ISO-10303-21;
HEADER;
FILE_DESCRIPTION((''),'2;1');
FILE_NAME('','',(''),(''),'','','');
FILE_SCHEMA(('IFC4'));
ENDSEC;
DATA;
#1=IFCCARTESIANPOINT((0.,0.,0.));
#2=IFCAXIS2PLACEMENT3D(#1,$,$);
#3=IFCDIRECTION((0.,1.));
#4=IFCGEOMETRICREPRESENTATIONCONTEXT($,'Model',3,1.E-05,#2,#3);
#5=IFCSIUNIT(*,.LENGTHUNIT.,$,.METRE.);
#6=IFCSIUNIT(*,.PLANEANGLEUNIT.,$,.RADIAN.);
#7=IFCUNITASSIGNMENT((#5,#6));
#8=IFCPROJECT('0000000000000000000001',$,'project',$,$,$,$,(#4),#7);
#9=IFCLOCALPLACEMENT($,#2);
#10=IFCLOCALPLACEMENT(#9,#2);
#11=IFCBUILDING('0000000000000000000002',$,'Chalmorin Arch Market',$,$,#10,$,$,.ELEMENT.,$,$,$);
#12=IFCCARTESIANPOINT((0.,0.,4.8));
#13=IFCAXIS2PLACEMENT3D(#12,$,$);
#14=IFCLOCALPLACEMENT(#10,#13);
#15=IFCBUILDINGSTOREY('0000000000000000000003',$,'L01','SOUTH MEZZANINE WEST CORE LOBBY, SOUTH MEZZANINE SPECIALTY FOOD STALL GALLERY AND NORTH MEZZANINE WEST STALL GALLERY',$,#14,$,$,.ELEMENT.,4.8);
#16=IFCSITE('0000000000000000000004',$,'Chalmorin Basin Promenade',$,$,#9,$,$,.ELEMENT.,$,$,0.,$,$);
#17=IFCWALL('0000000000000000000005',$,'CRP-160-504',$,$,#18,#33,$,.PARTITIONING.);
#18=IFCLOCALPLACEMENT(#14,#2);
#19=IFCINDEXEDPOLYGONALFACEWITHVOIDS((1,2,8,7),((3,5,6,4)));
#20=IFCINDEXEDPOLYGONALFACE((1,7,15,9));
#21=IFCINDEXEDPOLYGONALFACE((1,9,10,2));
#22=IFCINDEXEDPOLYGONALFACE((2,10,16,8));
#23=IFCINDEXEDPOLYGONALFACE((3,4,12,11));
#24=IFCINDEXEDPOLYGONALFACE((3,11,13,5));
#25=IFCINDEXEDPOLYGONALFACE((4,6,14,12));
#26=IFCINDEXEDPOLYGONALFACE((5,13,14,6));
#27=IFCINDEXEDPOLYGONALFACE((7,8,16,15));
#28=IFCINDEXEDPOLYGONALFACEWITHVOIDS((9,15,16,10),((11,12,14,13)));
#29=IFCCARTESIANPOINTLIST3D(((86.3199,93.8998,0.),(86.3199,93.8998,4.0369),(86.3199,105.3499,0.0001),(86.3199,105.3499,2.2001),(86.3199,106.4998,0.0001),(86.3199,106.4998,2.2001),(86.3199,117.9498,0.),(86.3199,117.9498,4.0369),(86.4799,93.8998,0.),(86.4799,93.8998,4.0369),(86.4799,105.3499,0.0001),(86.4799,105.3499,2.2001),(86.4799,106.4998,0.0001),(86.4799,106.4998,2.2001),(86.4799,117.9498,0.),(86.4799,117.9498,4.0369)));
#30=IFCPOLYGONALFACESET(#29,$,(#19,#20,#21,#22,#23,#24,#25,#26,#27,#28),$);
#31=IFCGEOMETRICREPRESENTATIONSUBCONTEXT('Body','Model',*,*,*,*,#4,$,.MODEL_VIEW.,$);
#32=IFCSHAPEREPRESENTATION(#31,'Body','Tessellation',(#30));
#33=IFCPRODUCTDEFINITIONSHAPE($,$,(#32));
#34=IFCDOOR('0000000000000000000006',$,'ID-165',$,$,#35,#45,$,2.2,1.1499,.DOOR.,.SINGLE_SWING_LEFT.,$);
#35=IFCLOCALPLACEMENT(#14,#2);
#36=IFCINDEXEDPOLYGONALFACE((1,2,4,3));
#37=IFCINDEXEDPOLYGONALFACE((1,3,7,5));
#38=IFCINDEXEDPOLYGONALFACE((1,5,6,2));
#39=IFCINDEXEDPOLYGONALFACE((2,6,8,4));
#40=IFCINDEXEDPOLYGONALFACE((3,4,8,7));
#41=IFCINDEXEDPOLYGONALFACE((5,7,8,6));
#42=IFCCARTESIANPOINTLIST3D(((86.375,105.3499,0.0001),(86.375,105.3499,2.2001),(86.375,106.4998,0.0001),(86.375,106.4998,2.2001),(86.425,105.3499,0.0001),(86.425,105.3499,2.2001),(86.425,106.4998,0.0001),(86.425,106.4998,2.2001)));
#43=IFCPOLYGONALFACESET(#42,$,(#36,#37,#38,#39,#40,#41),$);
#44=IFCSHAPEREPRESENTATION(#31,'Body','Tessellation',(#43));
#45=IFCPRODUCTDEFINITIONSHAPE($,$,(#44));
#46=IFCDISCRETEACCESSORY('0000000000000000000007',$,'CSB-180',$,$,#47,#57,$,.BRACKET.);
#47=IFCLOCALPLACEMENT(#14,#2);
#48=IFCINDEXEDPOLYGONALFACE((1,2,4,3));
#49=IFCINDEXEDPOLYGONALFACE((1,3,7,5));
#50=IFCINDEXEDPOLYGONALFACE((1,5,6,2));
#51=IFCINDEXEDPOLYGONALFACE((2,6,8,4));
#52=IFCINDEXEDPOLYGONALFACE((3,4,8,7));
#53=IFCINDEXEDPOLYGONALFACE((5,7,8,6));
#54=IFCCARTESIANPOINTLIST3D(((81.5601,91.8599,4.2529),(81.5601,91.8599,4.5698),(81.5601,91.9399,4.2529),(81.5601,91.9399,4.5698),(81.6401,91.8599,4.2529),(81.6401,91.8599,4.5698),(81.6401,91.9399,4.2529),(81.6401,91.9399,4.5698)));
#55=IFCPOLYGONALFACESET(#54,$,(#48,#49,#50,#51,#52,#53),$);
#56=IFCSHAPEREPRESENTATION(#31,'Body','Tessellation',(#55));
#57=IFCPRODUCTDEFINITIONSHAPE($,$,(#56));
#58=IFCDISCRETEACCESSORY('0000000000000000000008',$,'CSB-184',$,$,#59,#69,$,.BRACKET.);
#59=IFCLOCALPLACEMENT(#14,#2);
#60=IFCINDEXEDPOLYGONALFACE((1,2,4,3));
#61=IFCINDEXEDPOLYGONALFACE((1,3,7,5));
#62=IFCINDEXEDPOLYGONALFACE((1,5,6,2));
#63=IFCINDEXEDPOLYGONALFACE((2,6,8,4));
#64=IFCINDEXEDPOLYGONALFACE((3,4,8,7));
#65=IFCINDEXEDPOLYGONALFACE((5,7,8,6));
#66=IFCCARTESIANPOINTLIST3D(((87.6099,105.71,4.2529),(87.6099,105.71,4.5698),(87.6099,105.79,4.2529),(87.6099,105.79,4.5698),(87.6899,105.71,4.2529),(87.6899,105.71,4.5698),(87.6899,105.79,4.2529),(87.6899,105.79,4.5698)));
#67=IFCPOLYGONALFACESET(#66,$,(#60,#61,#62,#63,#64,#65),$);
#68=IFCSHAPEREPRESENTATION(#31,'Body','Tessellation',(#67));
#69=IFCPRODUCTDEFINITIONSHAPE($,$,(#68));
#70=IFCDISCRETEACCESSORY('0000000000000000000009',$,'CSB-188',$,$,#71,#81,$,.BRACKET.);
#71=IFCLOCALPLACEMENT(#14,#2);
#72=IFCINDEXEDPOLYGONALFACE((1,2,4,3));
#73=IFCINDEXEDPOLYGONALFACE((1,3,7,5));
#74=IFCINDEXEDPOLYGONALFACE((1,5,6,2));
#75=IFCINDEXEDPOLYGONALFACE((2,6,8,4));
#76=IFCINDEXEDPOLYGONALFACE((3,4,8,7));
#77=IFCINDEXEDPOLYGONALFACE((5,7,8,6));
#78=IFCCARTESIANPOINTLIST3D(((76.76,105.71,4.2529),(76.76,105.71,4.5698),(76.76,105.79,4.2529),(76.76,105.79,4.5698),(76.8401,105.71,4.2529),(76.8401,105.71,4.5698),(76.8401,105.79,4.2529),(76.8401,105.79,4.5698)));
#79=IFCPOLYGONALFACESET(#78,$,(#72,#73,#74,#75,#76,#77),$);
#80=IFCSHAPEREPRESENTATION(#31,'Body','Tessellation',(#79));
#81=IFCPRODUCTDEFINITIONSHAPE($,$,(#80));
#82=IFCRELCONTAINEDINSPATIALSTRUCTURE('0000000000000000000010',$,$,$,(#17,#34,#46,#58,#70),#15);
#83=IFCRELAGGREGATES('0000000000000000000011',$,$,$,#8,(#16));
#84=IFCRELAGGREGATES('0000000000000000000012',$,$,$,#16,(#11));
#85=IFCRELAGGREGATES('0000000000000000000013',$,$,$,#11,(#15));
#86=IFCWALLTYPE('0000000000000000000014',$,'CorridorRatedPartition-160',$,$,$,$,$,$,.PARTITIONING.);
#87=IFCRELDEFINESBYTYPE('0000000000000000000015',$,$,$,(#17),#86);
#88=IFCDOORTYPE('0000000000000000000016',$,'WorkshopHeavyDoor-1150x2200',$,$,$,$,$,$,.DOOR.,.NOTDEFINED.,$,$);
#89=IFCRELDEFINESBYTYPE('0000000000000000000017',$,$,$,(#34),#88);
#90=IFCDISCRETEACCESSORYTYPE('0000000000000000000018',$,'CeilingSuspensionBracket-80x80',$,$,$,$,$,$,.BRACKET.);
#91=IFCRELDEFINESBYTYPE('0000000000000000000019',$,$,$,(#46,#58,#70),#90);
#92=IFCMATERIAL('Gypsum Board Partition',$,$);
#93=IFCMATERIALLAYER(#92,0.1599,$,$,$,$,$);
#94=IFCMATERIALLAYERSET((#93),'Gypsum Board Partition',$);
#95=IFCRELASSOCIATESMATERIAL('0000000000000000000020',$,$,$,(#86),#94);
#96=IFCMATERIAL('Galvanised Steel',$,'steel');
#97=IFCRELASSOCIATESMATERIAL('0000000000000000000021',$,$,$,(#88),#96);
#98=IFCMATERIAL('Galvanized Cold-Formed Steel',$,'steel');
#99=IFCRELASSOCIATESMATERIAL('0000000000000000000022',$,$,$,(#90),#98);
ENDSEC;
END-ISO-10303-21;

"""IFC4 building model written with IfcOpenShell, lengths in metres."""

from ifc_helpers import new_model, si_unit, direction, frame, frame_2d, origin, origin_2d, place, context, subcontext, project, spatial, rectangle, extrude, material, layer, layer_set, type_object, element, fill, save


model = new_model("IFC4")

# Units and contexts
model_context = context("Model", 3, precision=1e-05, world=origin(), true_north=direction((0.0, 1.0)))
body_context = subcontext(model_context, "Body", "Model", "MODEL_VIEW")
ifc_project = project(units=[si_unit("LENGTHUNIT", "METRE"), si_unit("PLANEANGLEUNIT", "RADIAN")], contexts=[model_context])

# Site, building, storey
site_placement = place(None, origin())
site = spatial("IfcSite", under=ifc_project, at=site_placement, Name="Chalmorin Basin Promenade", CompositionType="ELEMENT", RefElevation=0.0)
building_placement = place(site_placement, origin())
building = spatial("IfcBuilding", under=site, at=building_placement, Name="Chalmorin Arch Market", CompositionType="ELEMENT")
storey_placement = place(building_placement, frame((0.0, 0.0, 4.8)))
storey = spatial("IfcBuildingStorey", under=building, at=storey_placement, Name="L01", Description="SOUTH MEZZANINE WEST CORE LOBBY, SOUTH MEZZANINE SPECIALTY FOOD STALL GALLERY AND NORTH MEZZANINE WEST STALL GALLERY", CompositionType="ELEMENT", Elevation=4.8)

# Wall, opening, door
ifc_material_1 = material(Name="Gypsum Board Partition")
ifc_layer = layer(ifc_material_1, 0.1599)
ifc_layer_set = layer_set([ifc_layer], Name="Gypsum Board Partition")
wall_type = type_object("IfcWallType", Name="CorridorRatedPartition-160", PredefinedType="PARTITIONING", material=ifc_layer_set)
ifc_material_2 = material(Name="Galvanised Steel", Category="steel")
wall_1_placement = place(storey_placement, frame((86.3999, 93.8999, 0.0), z_axis=(0.0, 0.0, 1.0), x_axis=(0.0, 1.0, 0.0)))
wall_1 = element("IfcWall", 1, at=wall_1_placement, inside=storey, type_object=wall_type, Name="CRP-160-504", PredefinedType="PARTITIONING", context=body_context, shape_type="SweptSolid", body=[
    extrude(rectangle(XDim=24.05, YDim=0.1599, at=frame_2d((12.0249, 0.0))), origin(), (0.0, 0.0, 1.0), 4.0369),
])
opening_1_placement = place(wall_1_placement, frame((11.45, 0.0, 0.0)))
opening_1 = element("IfcOpeningElement", 2, at=opening_1_placement, cuts=wall_1, PredefinedType="OPENING", context=body_context, shape_type="SweptSolid", body=[
    extrude(rectangle(XDim=1.1499, YDim=2.2, at=frame_2d((0.575, 1.1001))), frame((0.0, 0.0898, 0.0), z_axis=(0.0, -1.0, 0.0), x_axis=(1.0, 0.0, 0.0)), (0.0, 0.0, 1.0), 0.1799),
])
door_type_1 = type_object("IfcDoorType", Name="WorkshopHeavyDoor-1150x2200", OperationType="NOTDEFINED", PredefinedType="DOOR", material=ifc_material_2)
door_1_placement = place(opening_1_placement, origin())
door_1 = element("IfcDoor", 3, at=door_1_placement, inside=storey, type_object=door_type_1, Name="ID-165", OperationType="SINGLE_SWING_LEFT", OverallHeight=2.2, OverallWidth=1.1499, PredefinedType="DOOR", context=body_context, shape_type="SweptSolid", body=[
    extrude(rectangle(XDim=1.1499, YDim=2.2, at=frame_2d((0.575, 1.1001))), frame((0.0, 0.0249, 0.0), z_axis=(0.0, -1.0, 0.0), x_axis=(1.0, 0.0, 0.0)), (0.0, 0.0, 1.0), 0.05),
])
fill(opening_1, door_1)

# Discrete accessories
ifc_material_3 = material(Name="Galvanized Cold-Formed Steel", Category="steel")
discrete_accessory_type = type_object("IfcDiscreteAccessoryType", Name="CeilingSuspensionBracket-80x80", PredefinedType="BRACKET", material=ifc_material_3)
for number, where, z_axis, x_axis, name in (
    (4, (81.6001, 91.8999, 4.2529), (0.0, 0.0, 1.0), (1.0, 0.0, 0.0), "CSB-180"),
    (5, (87.6499, 105.75, 4.2529), (0.0, 0.0, 1.0), (1.0, 0.0, 0.0), "CSB-184"),
    (6, (76.8, 105.75, 4.2529), (0.0, 0.0, 1.0), (1.0, 0.0, 0.0), "CSB-188"),
):
    element("IfcDiscreteAccessory", number, at=place(storey_placement, frame(where, z_axis=z_axis, x_axis=x_axis)), inside=storey, type_object=discrete_accessory_type, Name=name, PredefinedType="BRACKET", context=body_context, shape_type="SweptSolid", body=[
        extrude(rectangle(XDim=0.0801, YDim=0.0801, at=origin_2d()), origin(), (0.0, 0.0, 1.0), 0.3169),
    ])

save(model, "model.ifc")
